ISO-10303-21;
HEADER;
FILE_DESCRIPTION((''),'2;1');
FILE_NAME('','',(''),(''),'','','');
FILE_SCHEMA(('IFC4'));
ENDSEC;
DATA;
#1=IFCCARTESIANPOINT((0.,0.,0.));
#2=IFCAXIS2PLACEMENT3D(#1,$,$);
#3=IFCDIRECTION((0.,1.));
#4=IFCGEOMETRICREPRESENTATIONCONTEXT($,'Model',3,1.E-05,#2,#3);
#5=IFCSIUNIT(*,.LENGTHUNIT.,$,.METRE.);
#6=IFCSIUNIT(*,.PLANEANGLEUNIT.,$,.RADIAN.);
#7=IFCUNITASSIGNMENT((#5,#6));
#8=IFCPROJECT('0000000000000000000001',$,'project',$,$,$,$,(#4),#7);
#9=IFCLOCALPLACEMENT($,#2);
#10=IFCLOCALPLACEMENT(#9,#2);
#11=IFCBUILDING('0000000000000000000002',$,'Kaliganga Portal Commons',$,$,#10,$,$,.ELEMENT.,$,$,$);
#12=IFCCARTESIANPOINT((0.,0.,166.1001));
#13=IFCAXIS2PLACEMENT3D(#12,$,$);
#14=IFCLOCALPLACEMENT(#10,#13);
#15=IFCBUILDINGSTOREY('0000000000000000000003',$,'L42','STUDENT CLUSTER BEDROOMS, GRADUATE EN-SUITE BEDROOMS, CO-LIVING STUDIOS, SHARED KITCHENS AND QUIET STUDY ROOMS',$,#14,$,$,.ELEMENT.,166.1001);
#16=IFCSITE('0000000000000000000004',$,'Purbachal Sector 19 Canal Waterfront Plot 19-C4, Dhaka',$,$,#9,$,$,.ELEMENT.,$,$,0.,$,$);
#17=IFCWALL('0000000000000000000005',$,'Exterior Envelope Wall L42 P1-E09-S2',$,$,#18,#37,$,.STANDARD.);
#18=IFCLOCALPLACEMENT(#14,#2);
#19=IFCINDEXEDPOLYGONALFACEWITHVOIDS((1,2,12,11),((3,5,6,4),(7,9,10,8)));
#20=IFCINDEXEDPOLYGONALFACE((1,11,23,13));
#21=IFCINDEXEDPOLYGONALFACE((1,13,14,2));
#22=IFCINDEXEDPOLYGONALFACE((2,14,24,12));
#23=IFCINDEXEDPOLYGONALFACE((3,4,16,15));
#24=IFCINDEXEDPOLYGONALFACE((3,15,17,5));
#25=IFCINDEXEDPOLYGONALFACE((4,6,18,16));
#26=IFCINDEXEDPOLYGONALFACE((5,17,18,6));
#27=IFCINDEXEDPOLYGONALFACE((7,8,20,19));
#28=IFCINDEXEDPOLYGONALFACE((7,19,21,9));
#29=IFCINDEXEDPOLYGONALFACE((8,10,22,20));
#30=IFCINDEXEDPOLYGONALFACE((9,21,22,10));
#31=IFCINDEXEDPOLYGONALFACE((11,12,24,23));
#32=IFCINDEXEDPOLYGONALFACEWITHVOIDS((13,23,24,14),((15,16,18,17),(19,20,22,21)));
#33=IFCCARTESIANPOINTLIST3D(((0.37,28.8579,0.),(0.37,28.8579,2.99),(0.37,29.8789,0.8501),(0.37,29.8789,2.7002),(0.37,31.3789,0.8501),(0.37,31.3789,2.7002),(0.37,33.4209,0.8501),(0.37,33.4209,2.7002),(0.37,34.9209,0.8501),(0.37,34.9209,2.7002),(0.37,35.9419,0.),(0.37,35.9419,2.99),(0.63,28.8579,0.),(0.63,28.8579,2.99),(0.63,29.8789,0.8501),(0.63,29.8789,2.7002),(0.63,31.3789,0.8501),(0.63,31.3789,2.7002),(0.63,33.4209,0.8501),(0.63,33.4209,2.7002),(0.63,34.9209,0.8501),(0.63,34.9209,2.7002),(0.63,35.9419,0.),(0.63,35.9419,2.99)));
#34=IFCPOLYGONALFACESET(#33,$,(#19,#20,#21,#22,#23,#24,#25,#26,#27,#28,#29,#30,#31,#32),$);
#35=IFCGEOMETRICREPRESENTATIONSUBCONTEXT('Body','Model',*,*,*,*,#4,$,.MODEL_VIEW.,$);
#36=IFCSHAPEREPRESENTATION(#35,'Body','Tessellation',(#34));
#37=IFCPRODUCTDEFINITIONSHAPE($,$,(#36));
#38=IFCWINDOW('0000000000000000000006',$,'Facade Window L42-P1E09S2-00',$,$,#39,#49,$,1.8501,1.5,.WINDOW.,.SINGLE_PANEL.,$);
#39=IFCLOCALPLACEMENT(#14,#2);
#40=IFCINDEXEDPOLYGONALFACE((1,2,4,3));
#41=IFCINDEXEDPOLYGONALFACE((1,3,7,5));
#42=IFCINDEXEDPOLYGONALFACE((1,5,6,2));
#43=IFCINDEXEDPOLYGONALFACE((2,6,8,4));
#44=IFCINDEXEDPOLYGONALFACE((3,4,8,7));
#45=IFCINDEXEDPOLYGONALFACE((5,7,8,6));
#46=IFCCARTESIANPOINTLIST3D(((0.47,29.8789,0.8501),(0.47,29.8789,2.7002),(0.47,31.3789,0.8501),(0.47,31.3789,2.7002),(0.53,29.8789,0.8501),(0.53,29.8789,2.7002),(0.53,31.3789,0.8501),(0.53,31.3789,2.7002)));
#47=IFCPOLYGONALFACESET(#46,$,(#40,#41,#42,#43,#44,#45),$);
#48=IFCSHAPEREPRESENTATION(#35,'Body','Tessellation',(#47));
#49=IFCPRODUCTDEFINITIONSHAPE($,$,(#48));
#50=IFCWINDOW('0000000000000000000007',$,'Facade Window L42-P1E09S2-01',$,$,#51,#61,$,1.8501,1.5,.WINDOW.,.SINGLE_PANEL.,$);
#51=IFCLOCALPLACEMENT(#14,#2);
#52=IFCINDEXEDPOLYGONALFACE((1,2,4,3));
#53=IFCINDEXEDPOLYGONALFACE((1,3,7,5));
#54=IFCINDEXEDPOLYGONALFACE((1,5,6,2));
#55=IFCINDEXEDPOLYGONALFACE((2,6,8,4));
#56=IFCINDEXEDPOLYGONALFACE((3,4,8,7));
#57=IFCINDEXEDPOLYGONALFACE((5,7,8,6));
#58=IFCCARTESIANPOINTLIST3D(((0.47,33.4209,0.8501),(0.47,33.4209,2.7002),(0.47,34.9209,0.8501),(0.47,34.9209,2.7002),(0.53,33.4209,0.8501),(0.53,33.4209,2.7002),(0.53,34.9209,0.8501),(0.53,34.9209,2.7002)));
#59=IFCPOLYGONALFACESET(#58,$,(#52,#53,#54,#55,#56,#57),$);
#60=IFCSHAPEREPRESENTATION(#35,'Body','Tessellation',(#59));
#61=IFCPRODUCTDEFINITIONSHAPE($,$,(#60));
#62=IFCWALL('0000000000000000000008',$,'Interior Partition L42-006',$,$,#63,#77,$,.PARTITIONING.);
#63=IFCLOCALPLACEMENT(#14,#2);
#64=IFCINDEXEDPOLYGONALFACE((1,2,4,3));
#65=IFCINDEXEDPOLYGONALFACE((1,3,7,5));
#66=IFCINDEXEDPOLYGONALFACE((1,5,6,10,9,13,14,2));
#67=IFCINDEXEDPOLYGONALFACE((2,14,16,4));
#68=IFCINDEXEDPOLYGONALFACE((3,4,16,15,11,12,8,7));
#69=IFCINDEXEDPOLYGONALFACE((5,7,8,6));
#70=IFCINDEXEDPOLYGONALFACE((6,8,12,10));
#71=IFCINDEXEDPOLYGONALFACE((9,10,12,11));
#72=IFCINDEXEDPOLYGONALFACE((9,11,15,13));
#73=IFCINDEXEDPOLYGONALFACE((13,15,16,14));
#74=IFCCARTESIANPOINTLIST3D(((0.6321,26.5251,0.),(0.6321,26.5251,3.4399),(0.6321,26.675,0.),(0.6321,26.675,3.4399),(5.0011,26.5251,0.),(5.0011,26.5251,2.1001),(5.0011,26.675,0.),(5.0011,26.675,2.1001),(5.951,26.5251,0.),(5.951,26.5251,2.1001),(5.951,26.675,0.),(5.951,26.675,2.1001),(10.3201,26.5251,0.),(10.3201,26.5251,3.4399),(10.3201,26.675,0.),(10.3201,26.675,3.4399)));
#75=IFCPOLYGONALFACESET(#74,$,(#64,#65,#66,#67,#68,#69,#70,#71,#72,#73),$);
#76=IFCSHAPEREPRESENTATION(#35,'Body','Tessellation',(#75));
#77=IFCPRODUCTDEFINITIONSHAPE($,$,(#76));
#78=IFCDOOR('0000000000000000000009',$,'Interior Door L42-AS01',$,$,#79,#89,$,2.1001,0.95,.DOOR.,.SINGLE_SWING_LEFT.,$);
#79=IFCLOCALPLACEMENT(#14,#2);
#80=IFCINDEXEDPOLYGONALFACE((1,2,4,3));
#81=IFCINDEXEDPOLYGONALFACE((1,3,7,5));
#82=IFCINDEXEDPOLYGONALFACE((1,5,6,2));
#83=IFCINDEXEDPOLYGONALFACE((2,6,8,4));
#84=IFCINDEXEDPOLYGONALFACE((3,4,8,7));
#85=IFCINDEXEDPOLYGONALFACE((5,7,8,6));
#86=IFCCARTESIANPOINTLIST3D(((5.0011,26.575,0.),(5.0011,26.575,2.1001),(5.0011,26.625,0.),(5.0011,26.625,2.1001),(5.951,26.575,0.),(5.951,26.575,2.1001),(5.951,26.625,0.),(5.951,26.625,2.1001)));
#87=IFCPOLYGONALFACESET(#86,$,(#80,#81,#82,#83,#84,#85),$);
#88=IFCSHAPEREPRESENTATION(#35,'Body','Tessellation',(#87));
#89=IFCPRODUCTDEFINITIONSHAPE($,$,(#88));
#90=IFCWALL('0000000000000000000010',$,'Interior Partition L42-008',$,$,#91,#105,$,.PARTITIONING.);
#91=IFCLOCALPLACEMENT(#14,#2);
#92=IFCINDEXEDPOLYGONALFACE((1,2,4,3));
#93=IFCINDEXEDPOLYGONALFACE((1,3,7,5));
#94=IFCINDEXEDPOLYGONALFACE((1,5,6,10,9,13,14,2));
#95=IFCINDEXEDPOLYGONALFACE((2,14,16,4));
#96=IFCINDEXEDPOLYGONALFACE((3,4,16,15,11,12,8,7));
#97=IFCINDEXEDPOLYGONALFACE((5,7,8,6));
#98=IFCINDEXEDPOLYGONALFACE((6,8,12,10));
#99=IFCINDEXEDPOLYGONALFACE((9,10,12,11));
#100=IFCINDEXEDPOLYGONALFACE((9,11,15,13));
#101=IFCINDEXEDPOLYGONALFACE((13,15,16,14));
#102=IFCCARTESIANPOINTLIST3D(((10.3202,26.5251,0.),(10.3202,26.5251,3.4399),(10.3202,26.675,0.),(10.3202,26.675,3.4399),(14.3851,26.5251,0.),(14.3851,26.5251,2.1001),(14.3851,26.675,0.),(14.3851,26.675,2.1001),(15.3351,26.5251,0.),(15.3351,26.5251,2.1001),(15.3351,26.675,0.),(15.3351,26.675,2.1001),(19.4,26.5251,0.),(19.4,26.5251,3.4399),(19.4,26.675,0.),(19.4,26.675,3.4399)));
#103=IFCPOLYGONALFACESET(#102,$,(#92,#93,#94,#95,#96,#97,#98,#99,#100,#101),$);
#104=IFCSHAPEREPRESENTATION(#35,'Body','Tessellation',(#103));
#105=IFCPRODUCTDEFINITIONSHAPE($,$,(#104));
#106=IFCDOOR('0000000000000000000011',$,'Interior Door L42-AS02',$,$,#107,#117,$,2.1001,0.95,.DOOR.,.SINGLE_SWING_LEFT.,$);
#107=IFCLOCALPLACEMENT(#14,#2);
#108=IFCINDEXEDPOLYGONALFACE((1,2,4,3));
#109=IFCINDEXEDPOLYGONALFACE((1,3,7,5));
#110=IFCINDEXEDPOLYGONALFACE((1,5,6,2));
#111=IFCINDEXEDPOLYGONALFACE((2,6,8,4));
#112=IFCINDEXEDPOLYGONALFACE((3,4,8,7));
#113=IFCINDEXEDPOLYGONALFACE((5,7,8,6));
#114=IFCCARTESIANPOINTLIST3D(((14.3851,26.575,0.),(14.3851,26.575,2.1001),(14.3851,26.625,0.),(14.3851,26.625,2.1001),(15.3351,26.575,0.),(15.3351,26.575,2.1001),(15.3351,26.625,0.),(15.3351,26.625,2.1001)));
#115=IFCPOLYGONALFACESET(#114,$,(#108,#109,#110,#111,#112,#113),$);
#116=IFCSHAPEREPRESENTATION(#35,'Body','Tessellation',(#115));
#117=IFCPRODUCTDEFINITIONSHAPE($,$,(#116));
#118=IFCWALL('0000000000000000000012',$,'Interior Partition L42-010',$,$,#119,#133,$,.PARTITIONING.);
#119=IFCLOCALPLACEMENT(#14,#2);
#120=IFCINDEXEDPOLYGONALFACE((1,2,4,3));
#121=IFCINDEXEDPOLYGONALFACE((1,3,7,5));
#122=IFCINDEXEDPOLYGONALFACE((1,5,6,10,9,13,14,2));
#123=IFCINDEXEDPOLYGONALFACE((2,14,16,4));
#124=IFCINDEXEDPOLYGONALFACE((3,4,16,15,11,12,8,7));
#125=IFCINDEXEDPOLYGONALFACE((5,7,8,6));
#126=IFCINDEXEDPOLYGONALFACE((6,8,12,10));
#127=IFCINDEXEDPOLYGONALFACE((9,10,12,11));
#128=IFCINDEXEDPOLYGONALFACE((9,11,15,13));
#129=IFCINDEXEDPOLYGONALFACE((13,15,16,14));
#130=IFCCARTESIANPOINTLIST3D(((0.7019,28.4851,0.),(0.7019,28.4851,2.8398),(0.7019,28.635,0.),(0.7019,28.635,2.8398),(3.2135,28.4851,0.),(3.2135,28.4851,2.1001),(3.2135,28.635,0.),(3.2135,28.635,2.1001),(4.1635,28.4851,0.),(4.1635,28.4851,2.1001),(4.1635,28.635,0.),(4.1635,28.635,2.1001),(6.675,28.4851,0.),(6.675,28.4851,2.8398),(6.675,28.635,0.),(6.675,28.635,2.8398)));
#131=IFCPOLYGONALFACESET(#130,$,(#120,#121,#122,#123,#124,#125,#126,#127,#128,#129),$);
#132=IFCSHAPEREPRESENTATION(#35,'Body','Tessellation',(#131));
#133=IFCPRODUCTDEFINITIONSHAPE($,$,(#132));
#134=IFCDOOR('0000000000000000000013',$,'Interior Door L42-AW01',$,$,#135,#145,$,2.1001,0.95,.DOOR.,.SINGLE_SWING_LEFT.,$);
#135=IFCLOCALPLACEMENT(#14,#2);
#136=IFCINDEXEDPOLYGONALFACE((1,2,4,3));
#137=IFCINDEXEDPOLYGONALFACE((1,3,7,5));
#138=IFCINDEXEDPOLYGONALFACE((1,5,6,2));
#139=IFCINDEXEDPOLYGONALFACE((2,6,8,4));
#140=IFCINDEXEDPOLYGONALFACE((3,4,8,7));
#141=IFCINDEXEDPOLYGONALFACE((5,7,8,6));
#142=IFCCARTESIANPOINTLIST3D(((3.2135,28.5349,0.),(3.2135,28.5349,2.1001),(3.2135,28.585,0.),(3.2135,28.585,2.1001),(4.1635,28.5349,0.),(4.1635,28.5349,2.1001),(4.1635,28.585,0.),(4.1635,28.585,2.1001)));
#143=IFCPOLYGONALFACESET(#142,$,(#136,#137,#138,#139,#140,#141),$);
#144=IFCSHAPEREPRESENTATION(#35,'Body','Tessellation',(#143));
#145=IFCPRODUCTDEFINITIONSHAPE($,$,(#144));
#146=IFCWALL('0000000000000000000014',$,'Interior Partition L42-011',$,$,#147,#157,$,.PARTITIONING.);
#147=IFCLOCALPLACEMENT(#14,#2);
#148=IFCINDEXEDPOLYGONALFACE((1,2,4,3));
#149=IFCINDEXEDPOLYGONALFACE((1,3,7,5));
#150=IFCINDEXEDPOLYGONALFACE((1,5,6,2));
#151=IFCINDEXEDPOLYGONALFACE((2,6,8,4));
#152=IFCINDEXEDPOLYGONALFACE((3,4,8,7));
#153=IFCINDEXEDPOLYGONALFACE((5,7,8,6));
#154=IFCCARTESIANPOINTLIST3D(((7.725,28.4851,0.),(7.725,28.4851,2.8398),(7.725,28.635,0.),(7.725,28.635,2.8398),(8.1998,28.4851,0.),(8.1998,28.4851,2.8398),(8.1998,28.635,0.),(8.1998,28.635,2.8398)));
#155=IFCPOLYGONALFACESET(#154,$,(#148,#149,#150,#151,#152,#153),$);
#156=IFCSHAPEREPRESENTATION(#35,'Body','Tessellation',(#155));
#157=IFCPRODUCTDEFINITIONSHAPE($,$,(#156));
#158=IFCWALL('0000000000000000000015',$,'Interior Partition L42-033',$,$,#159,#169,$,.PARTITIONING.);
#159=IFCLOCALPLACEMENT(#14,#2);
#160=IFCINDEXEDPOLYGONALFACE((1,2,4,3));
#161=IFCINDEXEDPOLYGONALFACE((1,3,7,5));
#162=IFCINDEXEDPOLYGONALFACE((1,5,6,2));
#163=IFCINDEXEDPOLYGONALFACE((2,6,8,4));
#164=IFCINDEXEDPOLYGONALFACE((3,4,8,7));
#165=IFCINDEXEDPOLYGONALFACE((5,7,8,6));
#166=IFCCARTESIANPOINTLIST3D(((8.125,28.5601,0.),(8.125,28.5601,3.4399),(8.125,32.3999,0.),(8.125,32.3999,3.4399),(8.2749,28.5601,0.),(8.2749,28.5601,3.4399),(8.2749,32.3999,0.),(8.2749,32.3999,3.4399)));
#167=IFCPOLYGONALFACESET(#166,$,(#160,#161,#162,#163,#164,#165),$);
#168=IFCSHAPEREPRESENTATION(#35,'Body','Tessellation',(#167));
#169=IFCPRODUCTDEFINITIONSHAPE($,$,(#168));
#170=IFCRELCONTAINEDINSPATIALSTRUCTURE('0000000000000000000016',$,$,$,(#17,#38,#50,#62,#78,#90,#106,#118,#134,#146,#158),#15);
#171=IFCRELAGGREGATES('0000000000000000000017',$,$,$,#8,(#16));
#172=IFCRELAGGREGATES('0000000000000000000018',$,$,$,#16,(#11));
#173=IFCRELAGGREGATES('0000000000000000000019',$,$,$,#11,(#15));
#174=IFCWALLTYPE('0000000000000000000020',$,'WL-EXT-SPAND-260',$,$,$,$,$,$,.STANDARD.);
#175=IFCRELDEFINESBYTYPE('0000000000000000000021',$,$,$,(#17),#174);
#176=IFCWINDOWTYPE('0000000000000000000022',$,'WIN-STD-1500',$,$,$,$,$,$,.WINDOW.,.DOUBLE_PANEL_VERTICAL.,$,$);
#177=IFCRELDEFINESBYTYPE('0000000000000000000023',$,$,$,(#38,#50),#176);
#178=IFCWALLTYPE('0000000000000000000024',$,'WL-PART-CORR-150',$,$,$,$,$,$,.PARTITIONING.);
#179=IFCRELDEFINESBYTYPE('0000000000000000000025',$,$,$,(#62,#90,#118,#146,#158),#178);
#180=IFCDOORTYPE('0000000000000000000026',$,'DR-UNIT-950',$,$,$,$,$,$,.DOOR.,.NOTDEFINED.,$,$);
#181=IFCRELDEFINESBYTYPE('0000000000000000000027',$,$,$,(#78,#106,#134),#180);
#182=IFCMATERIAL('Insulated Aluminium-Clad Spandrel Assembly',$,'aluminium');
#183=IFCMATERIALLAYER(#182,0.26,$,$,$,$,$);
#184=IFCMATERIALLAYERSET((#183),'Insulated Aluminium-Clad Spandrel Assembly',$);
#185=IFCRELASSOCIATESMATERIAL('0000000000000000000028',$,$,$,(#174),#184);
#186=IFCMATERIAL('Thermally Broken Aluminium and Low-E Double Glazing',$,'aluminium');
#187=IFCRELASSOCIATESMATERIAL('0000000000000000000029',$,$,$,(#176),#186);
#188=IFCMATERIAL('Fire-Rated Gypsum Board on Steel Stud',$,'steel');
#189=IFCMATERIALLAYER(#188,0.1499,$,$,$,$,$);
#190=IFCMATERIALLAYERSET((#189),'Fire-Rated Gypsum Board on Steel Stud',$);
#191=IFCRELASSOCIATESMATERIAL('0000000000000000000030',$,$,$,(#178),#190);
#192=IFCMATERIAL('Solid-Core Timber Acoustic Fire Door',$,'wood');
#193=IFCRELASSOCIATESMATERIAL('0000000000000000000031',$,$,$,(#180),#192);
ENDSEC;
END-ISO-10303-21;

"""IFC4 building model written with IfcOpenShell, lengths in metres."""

from ifc_helpers import new_model, si_unit, direction, frame, frame_2d, origin, place, context, subcontext, project, spatial, rectangle, extrude, material, layer, layer_set, type_object, element, fill, save


model = new_model("IFC4")

# Units and contexts
model_context = context("Model", 3, precision=1e-05, world=origin(), true_north=direction((0.0, 1.0)))
body_context = subcontext(model_context, "Body", "Model", "MODEL_VIEW")
ifc_project = project(units=[si_unit("LENGTHUNIT", "METRE"), si_unit("PLANEANGLEUNIT", "RADIAN")], contexts=[model_context])

# Site, building, storey
site_placement = place(None, origin())
site = spatial("IfcSite", under=ifc_project, at=site_placement, Name="Purbachal Sector 19 Canal Waterfront Plot 19-C4, Dhaka", CompositionType="ELEMENT", RefElevation=0.0)
building_placement = place(site_placement, origin())
building = spatial("IfcBuilding", under=site, at=building_placement, Name="Kaliganga Portal Commons", CompositionType="ELEMENT")
storey_placement = place(building_placement, frame((0.0, 0.0, 166.1001)))
storey = spatial("IfcBuildingStorey", under=building, at=storey_placement, Name="L42", Description="STUDENT CLUSTER BEDROOMS, GRADUATE EN-SUITE BEDROOMS, CO-LIVING STUDIOS, SHARED KITCHENS AND QUIET STUDY ROOMS", CompositionType="ELEMENT", Elevation=166.1001)

# Wall, openings, windows
ifc_material_1 = material(Name="Insulated Aluminium-Clad Spandrel Assembly", Category="aluminium")
ifc_layer_1 = layer(ifc_material_1, 0.26)
ifc_layer_set_1 = layer_set([ifc_layer_1], Name="Insulated Aluminium-Clad Spandrel Assembly")
wall_type_1 = type_object("IfcWallType", Name="WL-EXT-SPAND-260", PredefinedType="STANDARD", material=ifc_layer_set_1)
wall_1_placement = place(storey_placement, frame((0.5, 28.8579, 0.0), z_axis=(0.0, 0.0, 1.0), x_axis=(0.0, 1.0, 0.0)))
wall_1 = element("IfcWall", 1, at=wall_1_placement, inside=storey, type_object=wall_type_1, Name="Exterior Envelope Wall L42 P1-E09-S2", PredefinedType="STANDARD", context=body_context, shape_type="SweptSolid", body=[
    extrude(rectangle(XDim=7.084, YDim=0.26, at=frame_2d((3.542, 0.0))), origin(), (0.0, 0.0, 1.0), 2.99),
])
opening_1_placement = place(wall_1_placement, frame((1.021, 0.0, 0.8501)))
opening_1 = element("IfcOpeningElement", 2, at=opening_1_placement, cuts=wall_1, PredefinedType="OPENING", context=body_context, shape_type="SweptSolid", body=[
    extrude(rectangle(XDim=1.5, YDim=1.8501, at=frame_2d((0.75, 0.925))), frame((0.0, 0.1401, 0.0), z_axis=(0.0, -1.0, 0.0), x_axis=(1.0, 0.0, 0.0)), (0.0, 0.0, 1.0), 0.28),
])
opening_2_placement = place(wall_1_placement, frame((4.563, 0.0, 0.8501)))
opening_2 = element("IfcOpeningElement", 3, at=opening_2_placement, cuts=wall_1, PredefinedType="OPENING", context=body_context, shape_type="SweptSolid", body=[
    extrude(rectangle(XDim=1.5, YDim=1.8501, at=frame_2d((0.75, 0.925))), frame((0.0, 0.1401, 0.0), z_axis=(0.0, -1.0, 0.0), x_axis=(1.0, 0.0, 0.0)), (0.0, 0.0, 1.0), 0.28),
])
ifc_material_2 = material(Name="Thermally Broken Aluminium and Low-E Double Glazing", Category="aluminium")
window_type = type_object("IfcWindowType", Name="WIN-STD-1500", PartitioningType="DOUBLE_PANEL_VERTICAL", PredefinedType="WINDOW", material=ifc_material_2)
window_1_placement = place(opening_1_placement, origin())
window_1 = element("IfcWindow", 4, at=window_1_placement, inside=storey, type_object=window_type, Name="Facade Window L42-P1E09S2-00", OverallHeight=1.8501, OverallWidth=1.5, PartitioningType="SINGLE_PANEL", PredefinedType="WINDOW", context=body_context, shape_type="SweptSolid", body=[
    extrude(rectangle(XDim=1.5, YDim=1.8501, at=frame_2d((0.75, 0.925))), frame((0.0, 0.03, 0.0), z_axis=(0.0, -1.0, 0.0), x_axis=(1.0, 0.0, 0.0)), (0.0, 0.0, 1.0), 0.0601),
])
fill(opening_1, window_1)
window_2_placement = place(opening_2_placement, origin())
window_2 = element("IfcWindow", 5, at=window_2_placement, inside=storey, type_object=window_type, Name="Facade Window L42-P1E09S2-01", OverallHeight=1.8501, OverallWidth=1.5, PartitioningType="SINGLE_PANEL", PredefinedType="WINDOW", context=body_context, shape_type="SweptSolid", body=[
    extrude(rectangle(XDim=1.5, YDim=1.8501, at=frame_2d((0.75, 0.925))), frame((0.0, 0.03, 0.0), z_axis=(0.0, -1.0, 0.0), x_axis=(1.0, 0.0, 0.0)), (0.0, 0.0, 1.0), 0.0601),
])
fill(opening_2, window_2)

# Walls, openings, doors
ifc_material_3 = material(Name="Fire-Rated Gypsum Board on Steel Stud", Category="steel")
ifc_layer_2 = layer(ifc_material_3, 0.1499)
ifc_layer_set_2 = layer_set([ifc_layer_2], Name="Fire-Rated Gypsum Board on Steel Stud")
wall_type_2 = type_object("IfcWallType", Name="WL-PART-CORR-150", PredefinedType="PARTITIONING", material=ifc_layer_set_2)
wall_2_placement = place(storey_placement, frame((0.6321, 26.6001, 0.0), z_axis=(0.0, 0.0, 1.0), x_axis=(1.0, 0.0, 0.0)))
wall_2 = element("IfcWall", 6, at=wall_2_placement, inside=storey, type_object=wall_type_2, Name="Interior Partition L42-006", PredefinedType="PARTITIONING", context=body_context, shape_type="SweptSolid", body=[
    extrude(rectangle(XDim=9.688, YDim=0.1499, at=frame_2d((4.844, 0.0))), origin(), (0.0, 0.0, 1.0), 3.4399),
])
opening_3_placement = place(wall_2_placement, frame((4.3689, 0.0, 0.0)))
opening_3 = element("IfcOpeningElement", 7, at=opening_3_placement, cuts=wall_2, PredefinedType="OPENING", context=body_context, shape_type="SweptSolid", body=[
    extrude(rectangle(XDim=0.95, YDim=2.1001, at=frame_2d((0.4751, 1.05))), frame((0.0, 0.085, 0.0), z_axis=(0.0, -1.0, 0.0), x_axis=(1.0, 0.0, 0.0)), (0.0, 0.0, 1.0), 0.1699),
])
ifc_material_4 = material(Name="Solid-Core Timber Acoustic Fire Door", Category="wood")
door_type_1 = type_object("IfcDoorType", Name="DR-UNIT-950", OperationType="NOTDEFINED", PredefinedType="DOOR", material=ifc_material_4)
door_1_placement = place(opening_3_placement, origin())
door_1 = element("IfcDoor", 8, at=door_1_placement, inside=storey, type_object=door_type_1, Name="Interior Door L42-AS01", OperationType="SINGLE_SWING_LEFT", OverallHeight=2.1001, OverallWidth=0.95, PredefinedType="DOOR", context=body_context, shape_type="SweptSolid", body=[
    extrude(rectangle(XDim=0.95, YDim=2.1001, at=frame_2d((0.4751, 1.05))), frame((0.0, 0.0249, 0.0), z_axis=(0.0, -1.0, 0.0), x_axis=(1.0, 0.0, 0.0)), (0.0, 0.0, 1.0), 0.05),
])
fill(opening_3, door_1)
wall_3_placement = place(storey_placement, frame((10.3201, 26.6001, 0.0), z_axis=(0.0, 0.0, 1.0), x_axis=(1.0, 0.0, 0.0)))
wall_3 = element("IfcWall", 9, at=wall_3_placement, inside=storey, type_object=wall_type_2, Name="Interior Partition L42-008", PredefinedType="PARTITIONING", context=body_context, shape_type="SweptSolid", body=[
    extrude(rectangle(XDim=9.0798, YDim=0.1499, at=frame_2d((4.54, 0.0))), origin(), (0.0, 0.0, 1.0), 3.4399),
])
opening_4_placement = place(wall_3_placement, frame((4.0649, 0.0, 0.0)))
opening_4 = element("IfcOpeningElement", 10, at=opening_4_placement, cuts=wall_3, PredefinedType="OPENING", context=body_context, shape_type="SweptSolid", body=[
    extrude(rectangle(XDim=0.95, YDim=2.1001, at=frame_2d((0.4751, 1.05))), frame((0.0, 0.085, 0.0), z_axis=(0.0, -1.0, 0.0), x_axis=(1.0, 0.0, 0.0)), (0.0, 0.0, 1.0), 0.1699),
])
door_2_placement = place(opening_4_placement, origin())
door_2 = element("IfcDoor", 11, at=door_2_placement, inside=storey, type_object=door_type_1, Name="Interior Door L42-AS02", OperationType="SINGLE_SWING_LEFT", OverallHeight=2.1001, OverallWidth=0.95, PredefinedType="DOOR", context=body_context, shape_type="SweptSolid", body=[
    extrude(rectangle(XDim=0.95, YDim=2.1001, at=frame_2d((0.4751, 1.05))), frame((0.0, 0.0249, 0.0), z_axis=(0.0, -1.0, 0.0), x_axis=(1.0, 0.0, 0.0)), (0.0, 0.0, 1.0), 0.05),
])
fill(opening_4, door_2)
wall_4_placement = place(storey_placement, frame((0.7019, 28.5601, 0.0), z_axis=(0.0, 0.0, 1.0), x_axis=(1.0, 0.0, 0.0)))
wall_4 = element("IfcWall", 12, at=wall_4_placement, inside=storey, type_object=wall_type_2, Name="Interior Partition L42-010", PredefinedType="PARTITIONING", context=body_context, shape_type="SweptSolid", body=[
    extrude(rectangle(XDim=5.9731, YDim=0.1499, at=frame_2d((2.9866, 0.0))), origin(), (0.0, 0.0, 1.0), 2.8398),
])
opening_5_placement = place(wall_4_placement, frame((2.5115, 0.0, 0.0)))
opening_5 = element("IfcOpeningElement", 13, at=opening_5_placement, cuts=wall_4, PredefinedType="OPENING", context=body_context, shape_type="SweptSolid", body=[
    extrude(rectangle(XDim=0.95, YDim=2.1001, at=frame_2d((0.4751, 1.05))), frame((0.0, 0.085, 0.0), z_axis=(0.0, -1.0, 0.0), x_axis=(1.0, 0.0, 0.0)), (0.0, 0.0, 1.0), 0.1699),
])
door_3_placement = place(opening_5_placement, origin())
door_3 = element("IfcDoor", 14, at=door_3_placement, inside=storey, type_object=door_type_1, Name="Interior Door L42-AW01", OperationType="SINGLE_SWING_LEFT", OverallHeight=2.1001, OverallWidth=0.95, PredefinedType="DOOR", context=body_context, shape_type="SweptSolid", body=[
    extrude(rectangle(XDim=0.95, YDim=2.1001, at=frame_2d((0.4751, 1.05))), frame((0.0, 0.0249, 0.0), z_axis=(0.0, -1.0, 0.0), x_axis=(1.0, 0.0, 0.0)), (0.0, 0.0, 1.0), 0.05),
])
fill(opening_5, door_3)

# Walls
wall_5_placement = place(storey_placement, frame((7.7251, 28.5601, 0.0), z_axis=(0.0, 0.0, 1.0), x_axis=(1.0, 0.0, 0.0)))
element("IfcWall", 15, at=wall_5_placement, inside=storey, type_object=wall_type_2, Name="Interior Partition L42-011", PredefinedType="PARTITIONING", context=body_context, shape_type="SweptSolid", body=[
    extrude(rectangle(XDim=0.4749, YDim=0.1499, at=frame_2d((0.2373, 0.0))), origin(), (0.0, 0.0, 1.0), 2.8398),
])
wall_6_placement = place(storey_placement, frame((8.2, 28.5601, 0.0), z_axis=(0.0, 0.0, 1.0), x_axis=(0.0, 1.0, 0.0)))
element("IfcWall", 16, at=wall_6_placement, inside=storey, type_object=wall_type_2, Name="Interior Partition L42-033", PredefinedType="PARTITIONING", context=body_context, shape_type="SweptSolid", body=[
    extrude(rectangle(XDim=3.8398, YDim=0.1499, at=frame_2d((1.9199, 0.0))), origin(), (0.0, 0.0, 1.0), 3.4399),
])

save(model, "model.ifc")
